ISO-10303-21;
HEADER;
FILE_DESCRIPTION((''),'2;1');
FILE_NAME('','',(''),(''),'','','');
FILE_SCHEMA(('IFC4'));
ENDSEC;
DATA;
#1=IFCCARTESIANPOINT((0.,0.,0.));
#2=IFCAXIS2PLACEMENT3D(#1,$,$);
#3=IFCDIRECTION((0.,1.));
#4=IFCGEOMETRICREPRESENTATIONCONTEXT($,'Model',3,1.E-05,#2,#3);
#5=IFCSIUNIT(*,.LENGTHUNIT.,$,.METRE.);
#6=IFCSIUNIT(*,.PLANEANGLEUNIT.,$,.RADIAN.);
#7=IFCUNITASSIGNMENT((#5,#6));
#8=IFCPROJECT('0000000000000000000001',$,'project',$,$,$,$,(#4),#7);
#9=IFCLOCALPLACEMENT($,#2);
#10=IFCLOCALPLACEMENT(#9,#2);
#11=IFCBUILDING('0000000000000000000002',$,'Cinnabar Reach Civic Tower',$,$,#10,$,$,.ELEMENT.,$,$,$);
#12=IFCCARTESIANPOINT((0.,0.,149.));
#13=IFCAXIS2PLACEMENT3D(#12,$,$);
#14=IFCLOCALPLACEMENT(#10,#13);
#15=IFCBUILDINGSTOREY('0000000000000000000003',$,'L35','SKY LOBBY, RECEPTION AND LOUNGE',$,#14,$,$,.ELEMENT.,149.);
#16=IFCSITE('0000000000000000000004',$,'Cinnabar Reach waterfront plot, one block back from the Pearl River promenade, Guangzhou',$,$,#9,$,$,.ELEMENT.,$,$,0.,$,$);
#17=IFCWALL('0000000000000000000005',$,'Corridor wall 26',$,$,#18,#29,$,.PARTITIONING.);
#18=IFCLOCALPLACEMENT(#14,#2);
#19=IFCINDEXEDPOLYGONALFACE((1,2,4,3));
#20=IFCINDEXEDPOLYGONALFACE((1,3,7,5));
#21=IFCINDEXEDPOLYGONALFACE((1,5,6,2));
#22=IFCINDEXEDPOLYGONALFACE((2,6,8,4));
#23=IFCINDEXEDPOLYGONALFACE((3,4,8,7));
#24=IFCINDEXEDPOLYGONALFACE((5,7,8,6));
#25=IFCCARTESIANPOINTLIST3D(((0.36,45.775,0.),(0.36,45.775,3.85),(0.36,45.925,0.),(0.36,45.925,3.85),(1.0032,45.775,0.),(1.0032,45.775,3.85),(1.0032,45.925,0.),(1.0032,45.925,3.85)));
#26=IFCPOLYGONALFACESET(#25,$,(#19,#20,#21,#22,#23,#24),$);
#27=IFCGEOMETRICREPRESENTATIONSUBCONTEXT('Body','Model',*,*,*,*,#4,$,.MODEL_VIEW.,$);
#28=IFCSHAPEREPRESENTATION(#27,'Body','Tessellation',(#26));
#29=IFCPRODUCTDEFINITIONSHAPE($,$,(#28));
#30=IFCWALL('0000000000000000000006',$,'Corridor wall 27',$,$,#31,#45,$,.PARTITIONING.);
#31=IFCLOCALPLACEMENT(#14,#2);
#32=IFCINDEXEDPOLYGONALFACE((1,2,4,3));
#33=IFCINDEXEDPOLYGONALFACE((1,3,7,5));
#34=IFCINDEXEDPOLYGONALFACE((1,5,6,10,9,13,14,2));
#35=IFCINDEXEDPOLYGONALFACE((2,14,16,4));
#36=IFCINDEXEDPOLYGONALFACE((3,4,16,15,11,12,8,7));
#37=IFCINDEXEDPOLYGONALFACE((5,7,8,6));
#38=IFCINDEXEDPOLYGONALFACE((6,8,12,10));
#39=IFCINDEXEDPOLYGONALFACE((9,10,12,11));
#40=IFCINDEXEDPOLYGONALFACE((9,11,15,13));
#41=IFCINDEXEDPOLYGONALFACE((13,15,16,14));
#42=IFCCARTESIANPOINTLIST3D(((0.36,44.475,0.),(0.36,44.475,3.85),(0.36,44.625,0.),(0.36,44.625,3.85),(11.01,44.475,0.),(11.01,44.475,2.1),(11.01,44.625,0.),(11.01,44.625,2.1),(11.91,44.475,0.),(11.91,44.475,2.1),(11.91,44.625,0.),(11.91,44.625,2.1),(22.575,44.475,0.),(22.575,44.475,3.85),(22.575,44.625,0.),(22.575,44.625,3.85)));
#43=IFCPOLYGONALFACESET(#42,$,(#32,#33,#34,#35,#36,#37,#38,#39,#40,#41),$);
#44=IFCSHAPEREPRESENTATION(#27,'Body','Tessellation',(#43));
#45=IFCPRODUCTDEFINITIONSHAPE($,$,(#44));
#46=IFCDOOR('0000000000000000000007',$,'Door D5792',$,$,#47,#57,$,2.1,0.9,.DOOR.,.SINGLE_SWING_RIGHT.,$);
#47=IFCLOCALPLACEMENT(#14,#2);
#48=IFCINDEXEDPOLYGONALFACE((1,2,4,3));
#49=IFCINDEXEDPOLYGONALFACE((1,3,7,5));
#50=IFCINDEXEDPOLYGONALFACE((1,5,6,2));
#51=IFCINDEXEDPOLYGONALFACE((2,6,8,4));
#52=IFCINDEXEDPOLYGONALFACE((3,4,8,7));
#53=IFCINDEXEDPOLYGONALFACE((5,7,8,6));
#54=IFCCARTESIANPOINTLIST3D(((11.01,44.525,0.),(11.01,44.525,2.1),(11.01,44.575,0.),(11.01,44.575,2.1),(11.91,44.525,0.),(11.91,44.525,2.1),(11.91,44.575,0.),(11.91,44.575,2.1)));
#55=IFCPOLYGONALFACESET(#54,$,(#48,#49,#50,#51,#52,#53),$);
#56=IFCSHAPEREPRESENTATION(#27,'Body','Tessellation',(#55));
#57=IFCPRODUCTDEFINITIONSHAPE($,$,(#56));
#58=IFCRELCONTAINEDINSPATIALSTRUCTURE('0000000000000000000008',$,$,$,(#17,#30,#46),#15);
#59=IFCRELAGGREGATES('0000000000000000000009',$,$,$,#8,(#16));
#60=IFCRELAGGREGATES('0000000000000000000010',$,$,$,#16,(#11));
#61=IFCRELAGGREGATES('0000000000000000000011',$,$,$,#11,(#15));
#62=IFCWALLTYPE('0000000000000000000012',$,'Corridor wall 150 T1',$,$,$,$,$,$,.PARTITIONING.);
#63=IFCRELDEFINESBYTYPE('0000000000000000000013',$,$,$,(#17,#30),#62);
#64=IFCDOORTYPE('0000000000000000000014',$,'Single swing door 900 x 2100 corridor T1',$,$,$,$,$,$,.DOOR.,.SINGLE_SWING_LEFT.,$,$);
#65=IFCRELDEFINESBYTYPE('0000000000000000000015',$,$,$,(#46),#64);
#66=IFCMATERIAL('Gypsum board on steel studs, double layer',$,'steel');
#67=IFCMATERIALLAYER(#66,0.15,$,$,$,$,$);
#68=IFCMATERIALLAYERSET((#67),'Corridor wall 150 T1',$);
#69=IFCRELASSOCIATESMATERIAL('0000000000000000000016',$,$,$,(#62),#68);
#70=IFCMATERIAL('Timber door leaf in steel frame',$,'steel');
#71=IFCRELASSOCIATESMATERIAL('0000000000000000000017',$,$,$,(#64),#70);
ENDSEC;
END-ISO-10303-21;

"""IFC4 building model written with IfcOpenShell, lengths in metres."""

from ifc_helpers import new_model, si_unit, direction, frame, frame_2d, origin, place, context, subcontext, project, spatial, rectangle, extrude, material, layer, layer_set, type_object, element, fill, save


model = new_model("IFC4")

# Units and contexts
model_context = context("Model", 3, precision=1e-05, world=origin(), true_north=direction((0.0, 1.0)))
body_context = subcontext(model_context, "Body", "Model", "MODEL_VIEW")
ifc_project = project(units=[si_unit("LENGTHUNIT", "METRE"), si_unit("PLANEANGLEUNIT", "RADIAN")], contexts=[model_context])

# Site, building, storey
site_placement = place(None, origin())
site = spatial("IfcSite", under=ifc_project, at=site_placement, Name="Cinnabar Reach waterfront plot, one block back from the Pearl River promenade, Guangzhou", CompositionType="ELEMENT", RefElevation=0.0)
building_placement = place(site_placement, origin())
building = spatial("IfcBuilding", under=site, at=building_placement, Name="Cinnabar Reach Civic Tower", CompositionType="ELEMENT")
storey_placement = place(building_placement, frame((0.0, 0.0, 149.0)))
storey = spatial("IfcBuildingStorey", under=building, at=storey_placement, Name="L35", Description="SKY LOBBY, RECEPTION AND LOUNGE", CompositionType="ELEMENT", Elevation=149.0)

# Shared definitions
ifc_material_1 = material(Name="Gypsum board on steel studs, double layer", Category="steel")
ifc_layer_1 = layer(ifc_material_1, 0.15)
ifc_layer_set_1 = layer_set([ifc_layer_1], Name="Corridor wall 150 T1")
wall_type_1 = type_object("IfcWallType", Name="Corridor wall 150 T1", PredefinedType="PARTITIONING", material=ifc_layer_set_1)
ifc_material_2 = material(Name="Timber door leaf in steel frame", Category="steel")
door_type = type_object("IfcDoorType", Name="Single swing door 900 x 2100 corridor T1", OperationType="SINGLE_SWING_LEFT", PredefinedType="DOOR", material=ifc_material_2)

# Wall
wall_1_placement = place(storey_placement, frame((0.36, 45.85, 0.0), z_axis=(0.0, 0.0, 1.0), x_axis=(1.0, 0.0, 0.0)))
element("IfcWall", 1, at=wall_1_placement, inside=storey, type_object=wall_type_1, Name="Corridor wall 26", PredefinedType="PARTITIONING", context=body_context, shape_type="SweptSolid", body=[
    extrude(rectangle(XDim=0.6431, YDim=0.15, at=frame_2d((0.3216, 0.0))), origin(), (0.0, 0.0, 1.0), 3.85),
])

# Wall, opening, door
wall_2_placement = place(storey_placement, frame((0.36, 44.55, 0.0), z_axis=(0.0, 0.0, 1.0), x_axis=(1.0, 0.0, 0.0)))
wall_2 = element("IfcWall", 2, at=wall_2_placement, inside=storey, type_object=wall_type_1, Name="Corridor wall 27", PredefinedType="PARTITIONING", context=body_context, shape_type="SweptSolid", body=[
    extrude(rectangle(XDim=22.215, YDim=0.15, at=frame_2d((11.1075, 0.0))), origin(), (0.0, 0.0, 1.0), 3.85),
])
opening_1_placement = place(wall_2_placement, frame((10.65, 0.0, 0.0)))
opening_1 = element("IfcOpeningElement", 3, at=opening_1_placement, cuts=wall_2, PredefinedType="OPENING", context=body_context, shape_type="SweptSolid", body=[
    extrude(rectangle(XDim=0.9, YDim=2.1, at=frame_2d((0.45, 1.05))), frame((0.0, 0.085, 0.0), z_axis=(0.0, -1.0, 0.0), x_axis=(1.0, 0.0, 0.0)), (0.0, 0.0, 1.0), 0.17),
])
door_1_placement = place(opening_1_placement, frame((0.9, 0.0, 0.0), z_axis=(0.0, 0.0, 1.0), x_axis=(-1.0, 0.0, 0.0)))
door_1 = element("IfcDoor", 4, at=door_1_placement, inside=storey, type_object=door_type, Name="Door D5792", OperationType="SINGLE_SWING_RIGHT", OverallHeight=2.1, OverallWidth=0.9, PredefinedType="DOOR", context=body_context, shape_type="SweptSolid", body=[
    extrude(rectangle(XDim=0.9, YDim=2.1, at=frame_2d((0.45, 1.05))), frame((0.0, 0.025, 0.0), z_axis=(0.0, -1.0, 0.0), x_axis=(1.0, 0.0, 0.0)), (0.0, 0.0, 1.0), 0.05),
])
fill(opening_1, door_1)

save(model, "model.ifc")
